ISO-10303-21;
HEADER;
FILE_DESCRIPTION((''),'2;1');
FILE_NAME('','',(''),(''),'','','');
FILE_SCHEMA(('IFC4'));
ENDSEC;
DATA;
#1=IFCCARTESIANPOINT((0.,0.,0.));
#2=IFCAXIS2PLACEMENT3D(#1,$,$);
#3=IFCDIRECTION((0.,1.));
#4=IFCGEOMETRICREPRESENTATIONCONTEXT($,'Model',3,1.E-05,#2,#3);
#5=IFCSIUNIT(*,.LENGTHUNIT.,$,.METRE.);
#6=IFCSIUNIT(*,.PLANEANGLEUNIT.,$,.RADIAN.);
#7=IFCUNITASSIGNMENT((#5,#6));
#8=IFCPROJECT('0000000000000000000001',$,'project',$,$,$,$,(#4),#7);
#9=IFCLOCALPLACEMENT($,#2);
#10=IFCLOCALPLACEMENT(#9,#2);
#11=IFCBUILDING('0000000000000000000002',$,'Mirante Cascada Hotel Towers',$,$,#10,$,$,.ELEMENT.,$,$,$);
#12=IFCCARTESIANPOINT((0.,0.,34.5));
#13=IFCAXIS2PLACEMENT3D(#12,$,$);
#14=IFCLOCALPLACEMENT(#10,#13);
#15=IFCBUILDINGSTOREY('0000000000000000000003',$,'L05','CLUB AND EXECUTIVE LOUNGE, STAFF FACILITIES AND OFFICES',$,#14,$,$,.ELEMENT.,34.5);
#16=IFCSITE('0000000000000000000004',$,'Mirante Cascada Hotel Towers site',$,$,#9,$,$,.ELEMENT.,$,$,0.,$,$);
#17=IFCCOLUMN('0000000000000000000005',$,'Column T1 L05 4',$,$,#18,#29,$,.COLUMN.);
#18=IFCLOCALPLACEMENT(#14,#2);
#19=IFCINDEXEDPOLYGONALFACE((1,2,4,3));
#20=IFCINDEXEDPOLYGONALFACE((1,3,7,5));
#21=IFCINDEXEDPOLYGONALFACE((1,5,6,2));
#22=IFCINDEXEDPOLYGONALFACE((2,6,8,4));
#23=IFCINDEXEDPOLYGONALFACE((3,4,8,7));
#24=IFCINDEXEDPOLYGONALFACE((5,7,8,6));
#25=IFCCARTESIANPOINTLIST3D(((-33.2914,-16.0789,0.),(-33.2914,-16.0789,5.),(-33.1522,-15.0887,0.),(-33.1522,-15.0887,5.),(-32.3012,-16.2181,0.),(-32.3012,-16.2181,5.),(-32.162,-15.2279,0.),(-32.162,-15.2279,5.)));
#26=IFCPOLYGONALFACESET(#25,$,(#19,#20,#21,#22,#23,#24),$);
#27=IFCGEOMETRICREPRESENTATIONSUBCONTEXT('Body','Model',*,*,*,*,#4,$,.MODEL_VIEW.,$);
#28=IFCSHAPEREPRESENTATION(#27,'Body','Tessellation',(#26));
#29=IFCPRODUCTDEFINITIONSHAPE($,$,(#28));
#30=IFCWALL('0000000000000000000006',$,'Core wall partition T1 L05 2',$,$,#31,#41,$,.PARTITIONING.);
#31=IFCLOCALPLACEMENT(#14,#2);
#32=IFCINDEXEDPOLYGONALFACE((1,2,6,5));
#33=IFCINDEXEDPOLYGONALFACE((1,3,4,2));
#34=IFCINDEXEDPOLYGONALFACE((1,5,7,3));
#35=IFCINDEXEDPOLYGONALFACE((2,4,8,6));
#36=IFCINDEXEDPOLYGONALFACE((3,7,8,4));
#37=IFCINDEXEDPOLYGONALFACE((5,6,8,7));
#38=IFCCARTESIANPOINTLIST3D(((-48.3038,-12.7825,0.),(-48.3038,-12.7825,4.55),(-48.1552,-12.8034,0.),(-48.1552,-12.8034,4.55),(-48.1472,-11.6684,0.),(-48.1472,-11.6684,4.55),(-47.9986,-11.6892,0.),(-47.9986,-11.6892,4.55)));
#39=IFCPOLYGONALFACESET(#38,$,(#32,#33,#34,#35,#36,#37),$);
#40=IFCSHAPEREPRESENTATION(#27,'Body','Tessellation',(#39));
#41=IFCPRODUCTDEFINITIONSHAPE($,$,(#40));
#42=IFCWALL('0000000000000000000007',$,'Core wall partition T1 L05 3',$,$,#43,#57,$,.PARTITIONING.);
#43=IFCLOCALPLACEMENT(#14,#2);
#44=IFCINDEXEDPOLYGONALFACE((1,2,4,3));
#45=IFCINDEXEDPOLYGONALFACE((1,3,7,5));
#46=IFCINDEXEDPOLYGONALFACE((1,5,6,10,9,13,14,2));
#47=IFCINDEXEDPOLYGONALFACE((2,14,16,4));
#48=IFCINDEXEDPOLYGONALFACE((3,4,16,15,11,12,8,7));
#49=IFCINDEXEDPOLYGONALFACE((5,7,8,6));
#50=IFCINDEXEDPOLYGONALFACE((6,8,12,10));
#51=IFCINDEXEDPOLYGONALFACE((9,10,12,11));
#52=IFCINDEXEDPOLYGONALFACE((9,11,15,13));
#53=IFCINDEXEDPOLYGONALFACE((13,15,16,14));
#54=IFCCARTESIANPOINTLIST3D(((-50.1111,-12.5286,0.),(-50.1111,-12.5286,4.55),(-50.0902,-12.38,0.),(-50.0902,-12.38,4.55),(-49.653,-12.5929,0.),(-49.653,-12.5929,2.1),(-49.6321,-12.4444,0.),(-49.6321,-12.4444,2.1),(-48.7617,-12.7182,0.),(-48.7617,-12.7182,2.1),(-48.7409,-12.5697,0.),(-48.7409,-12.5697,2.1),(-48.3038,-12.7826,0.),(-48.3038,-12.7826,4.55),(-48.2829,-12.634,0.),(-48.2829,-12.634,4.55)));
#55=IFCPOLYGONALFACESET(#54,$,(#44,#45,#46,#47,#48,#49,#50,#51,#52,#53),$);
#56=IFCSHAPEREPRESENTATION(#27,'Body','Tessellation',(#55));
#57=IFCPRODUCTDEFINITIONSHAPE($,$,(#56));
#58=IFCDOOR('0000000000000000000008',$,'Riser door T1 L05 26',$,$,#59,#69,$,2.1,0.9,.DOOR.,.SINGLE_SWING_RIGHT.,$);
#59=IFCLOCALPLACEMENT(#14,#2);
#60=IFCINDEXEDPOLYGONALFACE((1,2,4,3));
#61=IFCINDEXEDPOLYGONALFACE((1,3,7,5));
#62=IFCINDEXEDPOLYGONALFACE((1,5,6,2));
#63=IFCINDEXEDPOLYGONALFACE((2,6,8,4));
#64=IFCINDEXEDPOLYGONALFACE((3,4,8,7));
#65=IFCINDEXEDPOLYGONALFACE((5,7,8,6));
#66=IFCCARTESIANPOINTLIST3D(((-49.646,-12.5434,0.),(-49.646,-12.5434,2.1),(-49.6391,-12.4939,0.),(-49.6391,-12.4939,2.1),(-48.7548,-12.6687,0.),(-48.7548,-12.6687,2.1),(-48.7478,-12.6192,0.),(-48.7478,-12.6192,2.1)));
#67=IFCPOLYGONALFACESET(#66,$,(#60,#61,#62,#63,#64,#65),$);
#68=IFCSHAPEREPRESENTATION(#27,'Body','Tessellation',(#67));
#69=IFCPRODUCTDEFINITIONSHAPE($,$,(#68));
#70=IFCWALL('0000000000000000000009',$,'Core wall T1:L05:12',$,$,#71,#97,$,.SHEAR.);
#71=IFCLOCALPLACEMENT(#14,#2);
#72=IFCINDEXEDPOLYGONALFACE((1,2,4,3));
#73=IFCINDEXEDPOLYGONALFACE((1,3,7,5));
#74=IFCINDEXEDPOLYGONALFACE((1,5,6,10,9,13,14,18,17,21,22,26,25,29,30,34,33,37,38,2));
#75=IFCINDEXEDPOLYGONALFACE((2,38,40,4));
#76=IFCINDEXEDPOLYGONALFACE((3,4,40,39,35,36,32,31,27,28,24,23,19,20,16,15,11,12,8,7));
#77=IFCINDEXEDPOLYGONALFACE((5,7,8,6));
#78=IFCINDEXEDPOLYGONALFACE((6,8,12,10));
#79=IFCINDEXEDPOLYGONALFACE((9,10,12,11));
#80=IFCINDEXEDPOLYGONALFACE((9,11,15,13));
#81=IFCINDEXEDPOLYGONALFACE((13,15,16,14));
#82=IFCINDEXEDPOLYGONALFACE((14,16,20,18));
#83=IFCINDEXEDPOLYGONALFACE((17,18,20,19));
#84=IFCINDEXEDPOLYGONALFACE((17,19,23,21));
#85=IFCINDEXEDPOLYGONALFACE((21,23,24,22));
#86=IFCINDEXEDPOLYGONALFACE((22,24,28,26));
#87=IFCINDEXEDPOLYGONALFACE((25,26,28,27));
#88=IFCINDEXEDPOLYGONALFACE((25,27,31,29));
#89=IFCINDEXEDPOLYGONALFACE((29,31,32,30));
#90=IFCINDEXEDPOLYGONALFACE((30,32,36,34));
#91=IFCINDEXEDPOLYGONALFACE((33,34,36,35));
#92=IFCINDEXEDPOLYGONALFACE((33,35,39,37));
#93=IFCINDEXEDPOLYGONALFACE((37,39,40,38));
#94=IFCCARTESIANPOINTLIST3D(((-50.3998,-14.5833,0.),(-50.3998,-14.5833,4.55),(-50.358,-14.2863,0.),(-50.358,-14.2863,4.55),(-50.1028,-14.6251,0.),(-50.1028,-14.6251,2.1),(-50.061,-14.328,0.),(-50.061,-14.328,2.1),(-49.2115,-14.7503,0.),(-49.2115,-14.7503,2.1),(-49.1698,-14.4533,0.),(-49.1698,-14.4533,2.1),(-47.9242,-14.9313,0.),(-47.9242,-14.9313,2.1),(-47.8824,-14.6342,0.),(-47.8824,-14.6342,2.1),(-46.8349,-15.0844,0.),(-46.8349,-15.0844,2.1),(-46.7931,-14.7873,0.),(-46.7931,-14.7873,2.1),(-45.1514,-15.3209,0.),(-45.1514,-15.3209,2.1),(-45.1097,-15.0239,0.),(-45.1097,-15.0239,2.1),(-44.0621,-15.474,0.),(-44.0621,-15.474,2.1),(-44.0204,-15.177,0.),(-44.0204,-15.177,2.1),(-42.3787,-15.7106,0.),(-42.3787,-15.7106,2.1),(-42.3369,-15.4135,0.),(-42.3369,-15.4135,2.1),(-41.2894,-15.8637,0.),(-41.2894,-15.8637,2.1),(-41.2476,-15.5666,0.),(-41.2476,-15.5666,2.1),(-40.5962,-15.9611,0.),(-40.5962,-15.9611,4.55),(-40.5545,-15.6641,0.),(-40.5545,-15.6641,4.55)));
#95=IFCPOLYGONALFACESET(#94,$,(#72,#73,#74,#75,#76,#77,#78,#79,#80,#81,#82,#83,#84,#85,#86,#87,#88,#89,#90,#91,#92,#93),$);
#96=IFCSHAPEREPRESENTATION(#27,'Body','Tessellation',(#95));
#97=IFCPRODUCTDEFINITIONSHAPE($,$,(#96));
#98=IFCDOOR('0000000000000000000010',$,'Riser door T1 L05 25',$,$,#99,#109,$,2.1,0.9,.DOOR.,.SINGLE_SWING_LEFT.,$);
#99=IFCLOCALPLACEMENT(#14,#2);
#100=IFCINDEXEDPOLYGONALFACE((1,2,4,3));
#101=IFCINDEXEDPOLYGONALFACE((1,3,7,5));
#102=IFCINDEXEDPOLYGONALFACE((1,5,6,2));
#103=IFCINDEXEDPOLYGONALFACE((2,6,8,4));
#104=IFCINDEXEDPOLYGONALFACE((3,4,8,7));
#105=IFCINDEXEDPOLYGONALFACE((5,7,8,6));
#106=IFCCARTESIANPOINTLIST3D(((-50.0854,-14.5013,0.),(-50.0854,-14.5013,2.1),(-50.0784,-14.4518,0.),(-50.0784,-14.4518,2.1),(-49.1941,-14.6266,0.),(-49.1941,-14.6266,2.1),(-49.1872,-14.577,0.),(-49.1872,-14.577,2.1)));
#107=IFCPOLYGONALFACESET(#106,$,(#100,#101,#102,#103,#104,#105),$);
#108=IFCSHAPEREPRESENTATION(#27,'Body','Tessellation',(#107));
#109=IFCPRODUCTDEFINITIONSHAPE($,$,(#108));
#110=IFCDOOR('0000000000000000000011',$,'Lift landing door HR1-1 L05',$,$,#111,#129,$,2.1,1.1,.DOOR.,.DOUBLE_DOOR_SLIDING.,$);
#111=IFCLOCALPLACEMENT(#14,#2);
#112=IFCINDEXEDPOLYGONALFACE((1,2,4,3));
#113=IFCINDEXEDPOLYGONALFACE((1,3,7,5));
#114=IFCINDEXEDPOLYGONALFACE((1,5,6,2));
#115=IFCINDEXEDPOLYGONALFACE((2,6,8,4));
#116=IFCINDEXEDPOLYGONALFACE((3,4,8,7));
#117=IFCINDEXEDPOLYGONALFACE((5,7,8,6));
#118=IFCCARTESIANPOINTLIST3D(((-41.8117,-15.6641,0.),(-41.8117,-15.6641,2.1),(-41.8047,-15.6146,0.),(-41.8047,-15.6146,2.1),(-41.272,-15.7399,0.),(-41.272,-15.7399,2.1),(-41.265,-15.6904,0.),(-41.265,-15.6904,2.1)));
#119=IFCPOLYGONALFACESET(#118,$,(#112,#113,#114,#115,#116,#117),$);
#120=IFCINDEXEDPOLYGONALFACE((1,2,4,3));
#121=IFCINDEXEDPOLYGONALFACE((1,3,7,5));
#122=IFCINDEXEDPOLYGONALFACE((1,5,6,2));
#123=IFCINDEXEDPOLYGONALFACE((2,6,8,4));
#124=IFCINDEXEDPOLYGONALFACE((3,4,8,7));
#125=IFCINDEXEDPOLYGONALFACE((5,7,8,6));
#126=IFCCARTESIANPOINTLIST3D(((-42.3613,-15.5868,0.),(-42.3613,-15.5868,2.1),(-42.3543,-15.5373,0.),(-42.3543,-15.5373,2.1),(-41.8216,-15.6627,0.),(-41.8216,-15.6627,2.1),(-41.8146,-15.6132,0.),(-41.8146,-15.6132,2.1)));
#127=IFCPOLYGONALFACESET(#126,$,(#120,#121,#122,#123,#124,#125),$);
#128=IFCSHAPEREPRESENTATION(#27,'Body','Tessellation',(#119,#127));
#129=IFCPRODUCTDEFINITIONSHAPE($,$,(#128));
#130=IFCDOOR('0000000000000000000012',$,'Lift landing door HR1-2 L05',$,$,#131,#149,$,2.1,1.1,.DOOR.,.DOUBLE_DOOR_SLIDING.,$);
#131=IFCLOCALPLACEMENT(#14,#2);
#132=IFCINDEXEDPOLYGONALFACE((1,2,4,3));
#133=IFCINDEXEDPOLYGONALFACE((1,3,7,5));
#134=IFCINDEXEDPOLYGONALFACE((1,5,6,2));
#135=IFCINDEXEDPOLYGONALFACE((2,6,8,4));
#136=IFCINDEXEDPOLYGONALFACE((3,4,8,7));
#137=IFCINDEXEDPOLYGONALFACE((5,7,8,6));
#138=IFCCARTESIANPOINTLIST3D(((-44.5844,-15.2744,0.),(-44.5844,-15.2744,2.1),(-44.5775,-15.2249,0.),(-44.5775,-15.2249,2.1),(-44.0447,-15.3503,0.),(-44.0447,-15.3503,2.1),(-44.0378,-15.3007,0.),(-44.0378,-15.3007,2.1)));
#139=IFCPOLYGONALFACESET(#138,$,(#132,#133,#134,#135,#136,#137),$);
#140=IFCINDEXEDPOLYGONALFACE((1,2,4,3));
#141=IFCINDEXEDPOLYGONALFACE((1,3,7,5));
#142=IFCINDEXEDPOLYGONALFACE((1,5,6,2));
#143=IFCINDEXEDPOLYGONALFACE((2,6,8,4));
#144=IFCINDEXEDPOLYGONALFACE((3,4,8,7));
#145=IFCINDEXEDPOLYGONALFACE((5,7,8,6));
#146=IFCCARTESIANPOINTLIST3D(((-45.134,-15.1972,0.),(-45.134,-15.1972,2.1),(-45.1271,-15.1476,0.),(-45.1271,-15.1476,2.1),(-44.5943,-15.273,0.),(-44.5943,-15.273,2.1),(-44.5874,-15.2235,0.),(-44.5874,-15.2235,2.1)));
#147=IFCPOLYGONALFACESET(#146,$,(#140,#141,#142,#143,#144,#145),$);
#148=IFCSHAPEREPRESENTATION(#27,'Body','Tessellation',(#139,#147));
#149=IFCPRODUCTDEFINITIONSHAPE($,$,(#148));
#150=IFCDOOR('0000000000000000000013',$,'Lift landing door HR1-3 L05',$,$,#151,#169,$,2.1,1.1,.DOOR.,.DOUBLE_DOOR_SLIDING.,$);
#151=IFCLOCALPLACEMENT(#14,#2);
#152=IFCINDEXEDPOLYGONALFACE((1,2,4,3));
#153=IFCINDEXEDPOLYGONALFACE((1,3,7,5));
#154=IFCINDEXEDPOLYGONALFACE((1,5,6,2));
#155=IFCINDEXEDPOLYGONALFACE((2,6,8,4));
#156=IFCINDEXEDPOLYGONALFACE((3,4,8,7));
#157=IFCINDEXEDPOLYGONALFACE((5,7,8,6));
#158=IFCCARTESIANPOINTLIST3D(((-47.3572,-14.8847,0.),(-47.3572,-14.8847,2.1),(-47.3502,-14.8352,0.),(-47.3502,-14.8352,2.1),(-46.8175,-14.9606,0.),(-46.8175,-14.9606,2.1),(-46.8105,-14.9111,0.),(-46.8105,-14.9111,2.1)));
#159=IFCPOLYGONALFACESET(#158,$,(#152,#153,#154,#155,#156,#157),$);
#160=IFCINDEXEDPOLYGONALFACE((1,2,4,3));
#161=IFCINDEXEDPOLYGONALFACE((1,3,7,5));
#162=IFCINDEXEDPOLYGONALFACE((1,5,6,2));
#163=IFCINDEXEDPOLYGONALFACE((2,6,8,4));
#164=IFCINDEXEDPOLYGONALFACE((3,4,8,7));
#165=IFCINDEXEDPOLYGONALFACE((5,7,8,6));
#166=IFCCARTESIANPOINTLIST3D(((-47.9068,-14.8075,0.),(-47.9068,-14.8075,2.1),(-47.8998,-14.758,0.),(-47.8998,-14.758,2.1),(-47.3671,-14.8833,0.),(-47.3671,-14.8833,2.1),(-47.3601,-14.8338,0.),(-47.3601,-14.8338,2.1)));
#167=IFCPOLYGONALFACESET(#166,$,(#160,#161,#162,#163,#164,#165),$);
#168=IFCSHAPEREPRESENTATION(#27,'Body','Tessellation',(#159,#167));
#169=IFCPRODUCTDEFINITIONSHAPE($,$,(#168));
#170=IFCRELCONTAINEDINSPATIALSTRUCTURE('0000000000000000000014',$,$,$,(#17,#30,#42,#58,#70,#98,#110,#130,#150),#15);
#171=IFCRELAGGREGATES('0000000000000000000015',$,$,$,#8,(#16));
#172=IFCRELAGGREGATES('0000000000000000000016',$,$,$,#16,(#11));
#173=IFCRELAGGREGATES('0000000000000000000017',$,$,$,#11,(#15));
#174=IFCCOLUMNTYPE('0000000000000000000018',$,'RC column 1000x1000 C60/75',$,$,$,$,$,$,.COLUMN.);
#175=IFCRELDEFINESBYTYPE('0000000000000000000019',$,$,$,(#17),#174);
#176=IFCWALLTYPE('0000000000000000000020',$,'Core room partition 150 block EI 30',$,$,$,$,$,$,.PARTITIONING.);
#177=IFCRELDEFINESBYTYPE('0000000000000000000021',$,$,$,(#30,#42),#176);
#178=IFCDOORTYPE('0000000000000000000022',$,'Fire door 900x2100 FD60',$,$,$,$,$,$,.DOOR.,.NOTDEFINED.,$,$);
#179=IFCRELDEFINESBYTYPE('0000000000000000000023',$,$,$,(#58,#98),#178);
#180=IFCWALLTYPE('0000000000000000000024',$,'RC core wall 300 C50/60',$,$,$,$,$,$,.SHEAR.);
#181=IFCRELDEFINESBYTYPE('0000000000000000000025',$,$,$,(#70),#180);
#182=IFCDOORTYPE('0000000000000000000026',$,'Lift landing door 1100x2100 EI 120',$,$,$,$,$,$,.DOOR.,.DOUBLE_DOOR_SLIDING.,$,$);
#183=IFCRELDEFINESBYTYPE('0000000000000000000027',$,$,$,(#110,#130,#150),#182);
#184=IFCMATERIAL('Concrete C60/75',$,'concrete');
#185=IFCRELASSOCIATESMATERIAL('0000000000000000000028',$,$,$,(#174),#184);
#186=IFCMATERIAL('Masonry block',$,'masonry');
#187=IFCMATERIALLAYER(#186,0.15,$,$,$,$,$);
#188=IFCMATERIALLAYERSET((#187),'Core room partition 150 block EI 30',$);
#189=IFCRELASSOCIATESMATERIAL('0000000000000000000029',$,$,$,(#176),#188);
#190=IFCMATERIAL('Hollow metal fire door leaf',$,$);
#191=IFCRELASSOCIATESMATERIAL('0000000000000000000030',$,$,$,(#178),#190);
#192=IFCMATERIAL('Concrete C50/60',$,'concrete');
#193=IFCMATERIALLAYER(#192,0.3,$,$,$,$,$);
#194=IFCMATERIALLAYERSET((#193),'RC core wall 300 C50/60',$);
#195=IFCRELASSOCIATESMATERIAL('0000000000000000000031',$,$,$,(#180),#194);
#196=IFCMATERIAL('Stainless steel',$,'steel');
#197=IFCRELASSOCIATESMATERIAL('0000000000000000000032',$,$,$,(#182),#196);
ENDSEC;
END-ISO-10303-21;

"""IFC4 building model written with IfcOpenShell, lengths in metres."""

from ifc_helpers import new_model, si_unit, direction, frame, frame_2d, origin, origin_2d, place, context, subcontext, project, spatial, rectangle, extrude, material, layer, layer_set, material_profile, profile_set, type_object, element, fill, save


model = new_model("IFC4")

# Units and contexts
model_context = context("Model", 3, precision=1e-05, world=origin(), true_north=direction((0.0, 1.0)))
body_context = subcontext(model_context, "Body", "Model", "MODEL_VIEW")
ifc_project = project(units=[si_unit("LENGTHUNIT", "METRE"), si_unit("PLANEANGLEUNIT", "RADIAN")], contexts=[model_context])

# Site, building, storey
site_placement = place(None, origin())
site = spatial("IfcSite", under=ifc_project, at=site_placement, Name="Mirante Cascada Hotel Towers site", CompositionType="ELEMENT", RefElevation=0.0)
building_placement = place(site_placement, origin())
building = spatial("IfcBuilding", under=site, at=building_placement, Name="Mirante Cascada Hotel Towers", CompositionType="ELEMENT")
storey_placement = place(building_placement, frame((0.0, 0.0, 34.5)))
storey = spatial("IfcBuildingStorey", under=building, at=storey_placement, Name="L05", Description="CLUB AND EXECUTIVE LOUNGE, STAFF FACILITIES AND OFFICES", CompositionType="ELEMENT", Elevation=34.5)

# Column
ifc_material_1 = material(Name="Concrete C60/75", Category="concrete")
ifc_material_profile = material_profile(ifc_material_1, rectangle(XDim=1.0, YDim=1.0, at=origin_2d()), Name="RC column 1000x1000 C60/75")
ifc_profile_set = profile_set([ifc_material_profile], Name="Concrete C60/75")
column_type = type_object("IfcColumnType", Name="RC column 1000x1000 C60/75", PredefinedType="COLUMN", material=ifc_profile_set)
column_placement = place(storey_placement, frame((-32.7267, -15.6534, 0.0), z_axis=(0.0, 0.0, 1.0), x_axis=(-0.990268, 0.139173, 0.0)))
element("IfcColumn", 1, at=column_placement, inside=storey, type_object=column_type, Name="Column T1 L05 4", PredefinedType="COLUMN", context=body_context, shape_type="SweptSolid", body=[
    extrude(rectangle(XDim=1.0, YDim=1.0, at=origin_2d()), origin(), (0.0, 0.0, 1.0), 5.0),
])

# Wall
ifc_material_2 = material(Name="Masonry block", Category="masonry")
ifc_layer_1 = layer(ifc_material_2, 0.15)
ifc_layer_set_1 = layer_set([ifc_layer_1], Name="Core room partition 150 block EI 30")
wall_type_1 = type_object("IfcWallType", Name="Core room partition 150 block EI 30", PredefinedType="PARTITIONING", material=ifc_layer_set_1)
wall_1_placement = place(storey_placement, frame((-48.2295, -12.793, 0.0), z_axis=(0.0, 0.0, 1.0), x_axis=(0.139193, 0.990265, 0.0)))
element("IfcWall", 2, at=wall_1_placement, inside=storey, type_object=wall_type_1, Name="Core wall partition T1 L05 2", PredefinedType="PARTITIONING", context=body_context, shape_type="SweptSolid", body=[
    extrude(rectangle(XDim=1.1251, YDim=0.15, at=frame_2d((0.5626, 0.0))), origin(), (0.0, 0.0, 1.0), 4.55),
])

# Wall, opening, door
wall_2_placement = place(storey_placement, frame((-48.2933, -12.7083, 0.0), z_axis=(0.0, 0.0, 1.0), x_axis=(-0.990268, 0.139173, 0.0)))
wall_2 = element("IfcWall", 3, at=wall_2_placement, inside=storey, type_object=wall_type_1, Name="Core wall partition T1 L05 3", PredefinedType="PARTITIONING", context=body_context, shape_type="SweptSolid", body=[
    extrude(rectangle(XDim=1.8251, YDim=0.15, at=frame_2d((0.9126, 0.0))), origin(), (0.0, 0.0, 1.0), 4.55),
])
opening_1_placement = place(wall_2_placement, frame((0.4625, 0.0, 0.0)))
opening_1 = element("IfcOpeningElement", 4, at=opening_1_placement, cuts=wall_2, PredefinedType="OPENING", context=body_context, shape_type="SweptSolid", body=[
    extrude(rectangle(XDim=0.9, YDim=2.1, at=frame_2d((0.45, 1.05))), frame((0.0, 0.075, 0.0), z_axis=(0.0, -1.0, 0.0), x_axis=(1.0, 0.0, 0.0)), (0.0, 0.0, 1.0), 0.15),
])
ifc_material_3 = material(Name="Hollow metal fire door leaf")
door_type_1 = type_object("IfcDoorType", Name="Fire door 900x2100 FD60", OperationType="NOTDEFINED", PredefinedType="DOOR", material=ifc_material_3)
door_1_placement = place(opening_1_placement, origin())
door_1 = element("IfcDoor", 5, at=door_1_placement, inside=storey, type_object=door_type_1, Name="Riser door T1 L05 26", OperationType="SINGLE_SWING_RIGHT", OverallHeight=2.1, OverallWidth=0.9, PredefinedType="DOOR", context=body_context, shape_type="SweptSolid", body=[
    extrude(rectangle(XDim=0.9, YDim=2.1, at=frame_2d((0.45, 1.05))), frame((0.0, 0.025, 0.0), z_axis=(0.0, -1.0, 0.0), x_axis=(1.0, 0.0, 0.0)), (0.0, 0.0, 1.0), 0.05),
])
fill(opening_1, door_1)

# Wall, openings, doors
ifc_material_4 = material(Name="Concrete C50/60", Category="concrete")
ifc_layer_2 = layer(ifc_material_4, 0.3)
ifc_layer_set_2 = layer_set([ifc_layer_2], Name="RC core wall 300 C50/60")
wall_type_2 = type_object("IfcWallType", Name="RC core wall 300 C50/60", PredefinedType="SHEAR", material=ifc_layer_set_2)
wall_3_placement = place(storey_placement, frame((-40.5753, -15.8126, 0.0), z_axis=(0.0, 0.0, 1.0), x_axis=(-0.990268, 0.139173, 0.0)))
wall_3 = element("IfcWall", 6, at=wall_3_placement, inside=storey, type_object=wall_type_2, Name="Core wall T1:L05:12", PredefinedType="SHEAR", context=body_context, shape_type="SweptSolid", body=[
    extrude(rectangle(XDim=9.8999, YDim=0.3, at=frame_2d((4.95, 0.0))), origin(), (0.0, 0.0, 1.0), 4.55),
])
opening_2_placement = place(wall_3_placement, frame((0.7, 0.0, 0.0)))
opening_2 = element("IfcOpeningElement", 7, at=opening_2_placement, cuts=wall_3, PredefinedType="OPENING", context=body_context, shape_type="SweptSolid", body=[
    extrude(rectangle(XDim=1.1, YDim=2.1, at=frame_2d((0.55, 1.05))), frame((0.0, 0.15, 0.0), z_axis=(0.0, -1.0, 0.0), x_axis=(1.0, 0.0, 0.0)), (0.0, 0.0, 1.0), 0.3),
])
opening_3_placement = place(wall_3_placement, frame((3.5, 0.0, 0.0)))
opening_3 = element("IfcOpeningElement", 8, at=opening_3_placement, cuts=wall_3, PredefinedType="OPENING", context=body_context, shape_type="SweptSolid", body=[
    extrude(rectangle(XDim=1.1, YDim=2.1, at=frame_2d((0.55, 1.05))), frame((0.0, 0.15, 0.0), z_axis=(0.0, -1.0, 0.0), x_axis=(1.0, 0.0, 0.0)), (0.0, 0.0, 1.0), 0.3),
])
opening_4_placement = place(wall_3_placement, frame((6.3, 0.0, 0.0)))
opening_4 = element("IfcOpeningElement", 9, at=opening_4_placement, cuts=wall_3, PredefinedType="OPENING", context=body_context, shape_type="SweptSolid", body=[
    extrude(rectangle(XDim=1.1, YDim=2.1, at=frame_2d((0.55, 1.05))), frame((0.0, 0.15, 0.0), z_axis=(0.0, -1.0, 0.0), x_axis=(1.0, 0.0, 0.0)), (0.0, 0.0, 1.0), 0.3),
])
opening_5_placement = place(wall_3_placement, frame((8.7, 0.0, 0.0)))
opening_5 = element("IfcOpeningElement", 10, at=opening_5_placement, cuts=wall_3, PredefinedType="OPENING", context=body_context, shape_type="SweptSolid", body=[
    extrude(rectangle(XDim=0.9, YDim=2.1, at=frame_2d((0.45, 1.05))), frame((0.0, 0.15, 0.0), z_axis=(0.0, -1.0, 0.0), x_axis=(1.0, 0.0, 0.0)), (0.0, 0.0, 1.0), 0.3),
])
door_2_placement = place(opening_5_placement, origin())
door_2 = element("IfcDoor", 11, at=door_2_placement, inside=storey, type_object=door_type_1, Name="Riser door T1 L05 25", OperationType="SINGLE_SWING_LEFT", OverallHeight=2.1, OverallWidth=0.9, PredefinedType="DOOR", context=body_context, shape_type="SweptSolid", body=[
    extrude(rectangle(XDim=0.9, YDim=2.1, at=frame_2d((0.45, 1.05))), frame((0.0, 0.025, 0.0), z_axis=(0.0, -1.0, 0.0), x_axis=(1.0, 0.0, 0.0)), (0.0, 0.0, 1.0), 0.05),
])
fill(opening_5, door_2)
ifc_material_5 = material(Name="Stainless steel", Category="steel")
door_type_2 = type_object("IfcDoorType", Name="Lift landing door 1100x2100 EI 120", OperationType="DOUBLE_DOOR_SLIDING", PredefinedType="DOOR", material=ifc_material_5)
door_3_placement = place(opening_2_placement, origin())
door_3 = element("IfcDoor", 12, at=door_3_placement, inside=storey, type_object=door_type_2, Name="Lift landing door HR1-1 L05", OperationType="DOUBLE_DOOR_SLIDING", OverallHeight=2.1, OverallWidth=1.1, PredefinedType="DOOR", context=body_context, shape_type="SweptSolid", body=[
    extrude(rectangle(XDim=0.545, YDim=2.1, at=frame_2d((0.2725, 1.05))), frame((0.0, 0.025, 0.0), z_axis=(0.0, -1.0, 0.0), x_axis=(1.0, 0.0, 0.0)), (0.0, 0.0, 1.0), 0.05),
    extrude(rectangle(XDim=0.545, YDim=2.1, at=frame_2d((0.8275, 1.05))), frame((0.0, 0.025, 0.0), z_axis=(0.0, -1.0, 0.0), x_axis=(1.0, 0.0, 0.0)), (0.0, 0.0, 1.0), 0.05),
])
fill(opening_2, door_3)
door_4_placement = place(opening_3_placement, origin())
door_4 = element("IfcDoor", 13, at=door_4_placement, inside=storey, type_object=door_type_2, Name="Lift landing door HR1-2 L05", OperationType="DOUBLE_DOOR_SLIDING", OverallHeight=2.1, OverallWidth=1.1, PredefinedType="DOOR", context=body_context, shape_type="SweptSolid", body=[
    extrude(rectangle(XDim=0.545, YDim=2.1, at=frame_2d((0.2725, 1.05))), frame((0.0, 0.025, 0.0), z_axis=(0.0, -1.0, 0.0), x_axis=(1.0, 0.0, 0.0)), (0.0, 0.0, 1.0), 0.05),
    extrude(rectangle(XDim=0.545, YDim=2.1, at=frame_2d((0.8275, 1.05))), frame((0.0, 0.025, 0.0), z_axis=(0.0, -1.0, 0.0), x_axis=(1.0, 0.0, 0.0)), (0.0, 0.0, 1.0), 0.05),
])
fill(opening_3, door_4)
door_5_placement = place(opening_4_placement, origin())
door_5 = element("IfcDoor", 14, at=door_5_placement, inside=storey, type_object=door_type_2, Name="Lift landing door HR1-3 L05", OperationType="DOUBLE_DOOR_SLIDING", OverallHeight=2.1, OverallWidth=1.1, PredefinedType="DOOR", context=body_context, shape_type="SweptSolid", body=[
    extrude(rectangle(XDim=0.545, YDim=2.1, at=frame_2d((0.2725, 1.05))), frame((0.0, 0.025, 0.0), z_axis=(0.0, -1.0, 0.0), x_axis=(1.0, 0.0, 0.0)), (0.0, 0.0, 1.0), 0.05),
    extrude(rectangle(XDim=0.545, YDim=2.1, at=frame_2d((0.8275, 1.05))), frame((0.0, 0.025, 0.0), z_axis=(0.0, -1.0, 0.0), x_axis=(1.0, 0.0, 0.0)), (0.0, 0.0, 1.0), 0.05),
])
fill(opening_4, door_5)

save(model, "model.ifc")
